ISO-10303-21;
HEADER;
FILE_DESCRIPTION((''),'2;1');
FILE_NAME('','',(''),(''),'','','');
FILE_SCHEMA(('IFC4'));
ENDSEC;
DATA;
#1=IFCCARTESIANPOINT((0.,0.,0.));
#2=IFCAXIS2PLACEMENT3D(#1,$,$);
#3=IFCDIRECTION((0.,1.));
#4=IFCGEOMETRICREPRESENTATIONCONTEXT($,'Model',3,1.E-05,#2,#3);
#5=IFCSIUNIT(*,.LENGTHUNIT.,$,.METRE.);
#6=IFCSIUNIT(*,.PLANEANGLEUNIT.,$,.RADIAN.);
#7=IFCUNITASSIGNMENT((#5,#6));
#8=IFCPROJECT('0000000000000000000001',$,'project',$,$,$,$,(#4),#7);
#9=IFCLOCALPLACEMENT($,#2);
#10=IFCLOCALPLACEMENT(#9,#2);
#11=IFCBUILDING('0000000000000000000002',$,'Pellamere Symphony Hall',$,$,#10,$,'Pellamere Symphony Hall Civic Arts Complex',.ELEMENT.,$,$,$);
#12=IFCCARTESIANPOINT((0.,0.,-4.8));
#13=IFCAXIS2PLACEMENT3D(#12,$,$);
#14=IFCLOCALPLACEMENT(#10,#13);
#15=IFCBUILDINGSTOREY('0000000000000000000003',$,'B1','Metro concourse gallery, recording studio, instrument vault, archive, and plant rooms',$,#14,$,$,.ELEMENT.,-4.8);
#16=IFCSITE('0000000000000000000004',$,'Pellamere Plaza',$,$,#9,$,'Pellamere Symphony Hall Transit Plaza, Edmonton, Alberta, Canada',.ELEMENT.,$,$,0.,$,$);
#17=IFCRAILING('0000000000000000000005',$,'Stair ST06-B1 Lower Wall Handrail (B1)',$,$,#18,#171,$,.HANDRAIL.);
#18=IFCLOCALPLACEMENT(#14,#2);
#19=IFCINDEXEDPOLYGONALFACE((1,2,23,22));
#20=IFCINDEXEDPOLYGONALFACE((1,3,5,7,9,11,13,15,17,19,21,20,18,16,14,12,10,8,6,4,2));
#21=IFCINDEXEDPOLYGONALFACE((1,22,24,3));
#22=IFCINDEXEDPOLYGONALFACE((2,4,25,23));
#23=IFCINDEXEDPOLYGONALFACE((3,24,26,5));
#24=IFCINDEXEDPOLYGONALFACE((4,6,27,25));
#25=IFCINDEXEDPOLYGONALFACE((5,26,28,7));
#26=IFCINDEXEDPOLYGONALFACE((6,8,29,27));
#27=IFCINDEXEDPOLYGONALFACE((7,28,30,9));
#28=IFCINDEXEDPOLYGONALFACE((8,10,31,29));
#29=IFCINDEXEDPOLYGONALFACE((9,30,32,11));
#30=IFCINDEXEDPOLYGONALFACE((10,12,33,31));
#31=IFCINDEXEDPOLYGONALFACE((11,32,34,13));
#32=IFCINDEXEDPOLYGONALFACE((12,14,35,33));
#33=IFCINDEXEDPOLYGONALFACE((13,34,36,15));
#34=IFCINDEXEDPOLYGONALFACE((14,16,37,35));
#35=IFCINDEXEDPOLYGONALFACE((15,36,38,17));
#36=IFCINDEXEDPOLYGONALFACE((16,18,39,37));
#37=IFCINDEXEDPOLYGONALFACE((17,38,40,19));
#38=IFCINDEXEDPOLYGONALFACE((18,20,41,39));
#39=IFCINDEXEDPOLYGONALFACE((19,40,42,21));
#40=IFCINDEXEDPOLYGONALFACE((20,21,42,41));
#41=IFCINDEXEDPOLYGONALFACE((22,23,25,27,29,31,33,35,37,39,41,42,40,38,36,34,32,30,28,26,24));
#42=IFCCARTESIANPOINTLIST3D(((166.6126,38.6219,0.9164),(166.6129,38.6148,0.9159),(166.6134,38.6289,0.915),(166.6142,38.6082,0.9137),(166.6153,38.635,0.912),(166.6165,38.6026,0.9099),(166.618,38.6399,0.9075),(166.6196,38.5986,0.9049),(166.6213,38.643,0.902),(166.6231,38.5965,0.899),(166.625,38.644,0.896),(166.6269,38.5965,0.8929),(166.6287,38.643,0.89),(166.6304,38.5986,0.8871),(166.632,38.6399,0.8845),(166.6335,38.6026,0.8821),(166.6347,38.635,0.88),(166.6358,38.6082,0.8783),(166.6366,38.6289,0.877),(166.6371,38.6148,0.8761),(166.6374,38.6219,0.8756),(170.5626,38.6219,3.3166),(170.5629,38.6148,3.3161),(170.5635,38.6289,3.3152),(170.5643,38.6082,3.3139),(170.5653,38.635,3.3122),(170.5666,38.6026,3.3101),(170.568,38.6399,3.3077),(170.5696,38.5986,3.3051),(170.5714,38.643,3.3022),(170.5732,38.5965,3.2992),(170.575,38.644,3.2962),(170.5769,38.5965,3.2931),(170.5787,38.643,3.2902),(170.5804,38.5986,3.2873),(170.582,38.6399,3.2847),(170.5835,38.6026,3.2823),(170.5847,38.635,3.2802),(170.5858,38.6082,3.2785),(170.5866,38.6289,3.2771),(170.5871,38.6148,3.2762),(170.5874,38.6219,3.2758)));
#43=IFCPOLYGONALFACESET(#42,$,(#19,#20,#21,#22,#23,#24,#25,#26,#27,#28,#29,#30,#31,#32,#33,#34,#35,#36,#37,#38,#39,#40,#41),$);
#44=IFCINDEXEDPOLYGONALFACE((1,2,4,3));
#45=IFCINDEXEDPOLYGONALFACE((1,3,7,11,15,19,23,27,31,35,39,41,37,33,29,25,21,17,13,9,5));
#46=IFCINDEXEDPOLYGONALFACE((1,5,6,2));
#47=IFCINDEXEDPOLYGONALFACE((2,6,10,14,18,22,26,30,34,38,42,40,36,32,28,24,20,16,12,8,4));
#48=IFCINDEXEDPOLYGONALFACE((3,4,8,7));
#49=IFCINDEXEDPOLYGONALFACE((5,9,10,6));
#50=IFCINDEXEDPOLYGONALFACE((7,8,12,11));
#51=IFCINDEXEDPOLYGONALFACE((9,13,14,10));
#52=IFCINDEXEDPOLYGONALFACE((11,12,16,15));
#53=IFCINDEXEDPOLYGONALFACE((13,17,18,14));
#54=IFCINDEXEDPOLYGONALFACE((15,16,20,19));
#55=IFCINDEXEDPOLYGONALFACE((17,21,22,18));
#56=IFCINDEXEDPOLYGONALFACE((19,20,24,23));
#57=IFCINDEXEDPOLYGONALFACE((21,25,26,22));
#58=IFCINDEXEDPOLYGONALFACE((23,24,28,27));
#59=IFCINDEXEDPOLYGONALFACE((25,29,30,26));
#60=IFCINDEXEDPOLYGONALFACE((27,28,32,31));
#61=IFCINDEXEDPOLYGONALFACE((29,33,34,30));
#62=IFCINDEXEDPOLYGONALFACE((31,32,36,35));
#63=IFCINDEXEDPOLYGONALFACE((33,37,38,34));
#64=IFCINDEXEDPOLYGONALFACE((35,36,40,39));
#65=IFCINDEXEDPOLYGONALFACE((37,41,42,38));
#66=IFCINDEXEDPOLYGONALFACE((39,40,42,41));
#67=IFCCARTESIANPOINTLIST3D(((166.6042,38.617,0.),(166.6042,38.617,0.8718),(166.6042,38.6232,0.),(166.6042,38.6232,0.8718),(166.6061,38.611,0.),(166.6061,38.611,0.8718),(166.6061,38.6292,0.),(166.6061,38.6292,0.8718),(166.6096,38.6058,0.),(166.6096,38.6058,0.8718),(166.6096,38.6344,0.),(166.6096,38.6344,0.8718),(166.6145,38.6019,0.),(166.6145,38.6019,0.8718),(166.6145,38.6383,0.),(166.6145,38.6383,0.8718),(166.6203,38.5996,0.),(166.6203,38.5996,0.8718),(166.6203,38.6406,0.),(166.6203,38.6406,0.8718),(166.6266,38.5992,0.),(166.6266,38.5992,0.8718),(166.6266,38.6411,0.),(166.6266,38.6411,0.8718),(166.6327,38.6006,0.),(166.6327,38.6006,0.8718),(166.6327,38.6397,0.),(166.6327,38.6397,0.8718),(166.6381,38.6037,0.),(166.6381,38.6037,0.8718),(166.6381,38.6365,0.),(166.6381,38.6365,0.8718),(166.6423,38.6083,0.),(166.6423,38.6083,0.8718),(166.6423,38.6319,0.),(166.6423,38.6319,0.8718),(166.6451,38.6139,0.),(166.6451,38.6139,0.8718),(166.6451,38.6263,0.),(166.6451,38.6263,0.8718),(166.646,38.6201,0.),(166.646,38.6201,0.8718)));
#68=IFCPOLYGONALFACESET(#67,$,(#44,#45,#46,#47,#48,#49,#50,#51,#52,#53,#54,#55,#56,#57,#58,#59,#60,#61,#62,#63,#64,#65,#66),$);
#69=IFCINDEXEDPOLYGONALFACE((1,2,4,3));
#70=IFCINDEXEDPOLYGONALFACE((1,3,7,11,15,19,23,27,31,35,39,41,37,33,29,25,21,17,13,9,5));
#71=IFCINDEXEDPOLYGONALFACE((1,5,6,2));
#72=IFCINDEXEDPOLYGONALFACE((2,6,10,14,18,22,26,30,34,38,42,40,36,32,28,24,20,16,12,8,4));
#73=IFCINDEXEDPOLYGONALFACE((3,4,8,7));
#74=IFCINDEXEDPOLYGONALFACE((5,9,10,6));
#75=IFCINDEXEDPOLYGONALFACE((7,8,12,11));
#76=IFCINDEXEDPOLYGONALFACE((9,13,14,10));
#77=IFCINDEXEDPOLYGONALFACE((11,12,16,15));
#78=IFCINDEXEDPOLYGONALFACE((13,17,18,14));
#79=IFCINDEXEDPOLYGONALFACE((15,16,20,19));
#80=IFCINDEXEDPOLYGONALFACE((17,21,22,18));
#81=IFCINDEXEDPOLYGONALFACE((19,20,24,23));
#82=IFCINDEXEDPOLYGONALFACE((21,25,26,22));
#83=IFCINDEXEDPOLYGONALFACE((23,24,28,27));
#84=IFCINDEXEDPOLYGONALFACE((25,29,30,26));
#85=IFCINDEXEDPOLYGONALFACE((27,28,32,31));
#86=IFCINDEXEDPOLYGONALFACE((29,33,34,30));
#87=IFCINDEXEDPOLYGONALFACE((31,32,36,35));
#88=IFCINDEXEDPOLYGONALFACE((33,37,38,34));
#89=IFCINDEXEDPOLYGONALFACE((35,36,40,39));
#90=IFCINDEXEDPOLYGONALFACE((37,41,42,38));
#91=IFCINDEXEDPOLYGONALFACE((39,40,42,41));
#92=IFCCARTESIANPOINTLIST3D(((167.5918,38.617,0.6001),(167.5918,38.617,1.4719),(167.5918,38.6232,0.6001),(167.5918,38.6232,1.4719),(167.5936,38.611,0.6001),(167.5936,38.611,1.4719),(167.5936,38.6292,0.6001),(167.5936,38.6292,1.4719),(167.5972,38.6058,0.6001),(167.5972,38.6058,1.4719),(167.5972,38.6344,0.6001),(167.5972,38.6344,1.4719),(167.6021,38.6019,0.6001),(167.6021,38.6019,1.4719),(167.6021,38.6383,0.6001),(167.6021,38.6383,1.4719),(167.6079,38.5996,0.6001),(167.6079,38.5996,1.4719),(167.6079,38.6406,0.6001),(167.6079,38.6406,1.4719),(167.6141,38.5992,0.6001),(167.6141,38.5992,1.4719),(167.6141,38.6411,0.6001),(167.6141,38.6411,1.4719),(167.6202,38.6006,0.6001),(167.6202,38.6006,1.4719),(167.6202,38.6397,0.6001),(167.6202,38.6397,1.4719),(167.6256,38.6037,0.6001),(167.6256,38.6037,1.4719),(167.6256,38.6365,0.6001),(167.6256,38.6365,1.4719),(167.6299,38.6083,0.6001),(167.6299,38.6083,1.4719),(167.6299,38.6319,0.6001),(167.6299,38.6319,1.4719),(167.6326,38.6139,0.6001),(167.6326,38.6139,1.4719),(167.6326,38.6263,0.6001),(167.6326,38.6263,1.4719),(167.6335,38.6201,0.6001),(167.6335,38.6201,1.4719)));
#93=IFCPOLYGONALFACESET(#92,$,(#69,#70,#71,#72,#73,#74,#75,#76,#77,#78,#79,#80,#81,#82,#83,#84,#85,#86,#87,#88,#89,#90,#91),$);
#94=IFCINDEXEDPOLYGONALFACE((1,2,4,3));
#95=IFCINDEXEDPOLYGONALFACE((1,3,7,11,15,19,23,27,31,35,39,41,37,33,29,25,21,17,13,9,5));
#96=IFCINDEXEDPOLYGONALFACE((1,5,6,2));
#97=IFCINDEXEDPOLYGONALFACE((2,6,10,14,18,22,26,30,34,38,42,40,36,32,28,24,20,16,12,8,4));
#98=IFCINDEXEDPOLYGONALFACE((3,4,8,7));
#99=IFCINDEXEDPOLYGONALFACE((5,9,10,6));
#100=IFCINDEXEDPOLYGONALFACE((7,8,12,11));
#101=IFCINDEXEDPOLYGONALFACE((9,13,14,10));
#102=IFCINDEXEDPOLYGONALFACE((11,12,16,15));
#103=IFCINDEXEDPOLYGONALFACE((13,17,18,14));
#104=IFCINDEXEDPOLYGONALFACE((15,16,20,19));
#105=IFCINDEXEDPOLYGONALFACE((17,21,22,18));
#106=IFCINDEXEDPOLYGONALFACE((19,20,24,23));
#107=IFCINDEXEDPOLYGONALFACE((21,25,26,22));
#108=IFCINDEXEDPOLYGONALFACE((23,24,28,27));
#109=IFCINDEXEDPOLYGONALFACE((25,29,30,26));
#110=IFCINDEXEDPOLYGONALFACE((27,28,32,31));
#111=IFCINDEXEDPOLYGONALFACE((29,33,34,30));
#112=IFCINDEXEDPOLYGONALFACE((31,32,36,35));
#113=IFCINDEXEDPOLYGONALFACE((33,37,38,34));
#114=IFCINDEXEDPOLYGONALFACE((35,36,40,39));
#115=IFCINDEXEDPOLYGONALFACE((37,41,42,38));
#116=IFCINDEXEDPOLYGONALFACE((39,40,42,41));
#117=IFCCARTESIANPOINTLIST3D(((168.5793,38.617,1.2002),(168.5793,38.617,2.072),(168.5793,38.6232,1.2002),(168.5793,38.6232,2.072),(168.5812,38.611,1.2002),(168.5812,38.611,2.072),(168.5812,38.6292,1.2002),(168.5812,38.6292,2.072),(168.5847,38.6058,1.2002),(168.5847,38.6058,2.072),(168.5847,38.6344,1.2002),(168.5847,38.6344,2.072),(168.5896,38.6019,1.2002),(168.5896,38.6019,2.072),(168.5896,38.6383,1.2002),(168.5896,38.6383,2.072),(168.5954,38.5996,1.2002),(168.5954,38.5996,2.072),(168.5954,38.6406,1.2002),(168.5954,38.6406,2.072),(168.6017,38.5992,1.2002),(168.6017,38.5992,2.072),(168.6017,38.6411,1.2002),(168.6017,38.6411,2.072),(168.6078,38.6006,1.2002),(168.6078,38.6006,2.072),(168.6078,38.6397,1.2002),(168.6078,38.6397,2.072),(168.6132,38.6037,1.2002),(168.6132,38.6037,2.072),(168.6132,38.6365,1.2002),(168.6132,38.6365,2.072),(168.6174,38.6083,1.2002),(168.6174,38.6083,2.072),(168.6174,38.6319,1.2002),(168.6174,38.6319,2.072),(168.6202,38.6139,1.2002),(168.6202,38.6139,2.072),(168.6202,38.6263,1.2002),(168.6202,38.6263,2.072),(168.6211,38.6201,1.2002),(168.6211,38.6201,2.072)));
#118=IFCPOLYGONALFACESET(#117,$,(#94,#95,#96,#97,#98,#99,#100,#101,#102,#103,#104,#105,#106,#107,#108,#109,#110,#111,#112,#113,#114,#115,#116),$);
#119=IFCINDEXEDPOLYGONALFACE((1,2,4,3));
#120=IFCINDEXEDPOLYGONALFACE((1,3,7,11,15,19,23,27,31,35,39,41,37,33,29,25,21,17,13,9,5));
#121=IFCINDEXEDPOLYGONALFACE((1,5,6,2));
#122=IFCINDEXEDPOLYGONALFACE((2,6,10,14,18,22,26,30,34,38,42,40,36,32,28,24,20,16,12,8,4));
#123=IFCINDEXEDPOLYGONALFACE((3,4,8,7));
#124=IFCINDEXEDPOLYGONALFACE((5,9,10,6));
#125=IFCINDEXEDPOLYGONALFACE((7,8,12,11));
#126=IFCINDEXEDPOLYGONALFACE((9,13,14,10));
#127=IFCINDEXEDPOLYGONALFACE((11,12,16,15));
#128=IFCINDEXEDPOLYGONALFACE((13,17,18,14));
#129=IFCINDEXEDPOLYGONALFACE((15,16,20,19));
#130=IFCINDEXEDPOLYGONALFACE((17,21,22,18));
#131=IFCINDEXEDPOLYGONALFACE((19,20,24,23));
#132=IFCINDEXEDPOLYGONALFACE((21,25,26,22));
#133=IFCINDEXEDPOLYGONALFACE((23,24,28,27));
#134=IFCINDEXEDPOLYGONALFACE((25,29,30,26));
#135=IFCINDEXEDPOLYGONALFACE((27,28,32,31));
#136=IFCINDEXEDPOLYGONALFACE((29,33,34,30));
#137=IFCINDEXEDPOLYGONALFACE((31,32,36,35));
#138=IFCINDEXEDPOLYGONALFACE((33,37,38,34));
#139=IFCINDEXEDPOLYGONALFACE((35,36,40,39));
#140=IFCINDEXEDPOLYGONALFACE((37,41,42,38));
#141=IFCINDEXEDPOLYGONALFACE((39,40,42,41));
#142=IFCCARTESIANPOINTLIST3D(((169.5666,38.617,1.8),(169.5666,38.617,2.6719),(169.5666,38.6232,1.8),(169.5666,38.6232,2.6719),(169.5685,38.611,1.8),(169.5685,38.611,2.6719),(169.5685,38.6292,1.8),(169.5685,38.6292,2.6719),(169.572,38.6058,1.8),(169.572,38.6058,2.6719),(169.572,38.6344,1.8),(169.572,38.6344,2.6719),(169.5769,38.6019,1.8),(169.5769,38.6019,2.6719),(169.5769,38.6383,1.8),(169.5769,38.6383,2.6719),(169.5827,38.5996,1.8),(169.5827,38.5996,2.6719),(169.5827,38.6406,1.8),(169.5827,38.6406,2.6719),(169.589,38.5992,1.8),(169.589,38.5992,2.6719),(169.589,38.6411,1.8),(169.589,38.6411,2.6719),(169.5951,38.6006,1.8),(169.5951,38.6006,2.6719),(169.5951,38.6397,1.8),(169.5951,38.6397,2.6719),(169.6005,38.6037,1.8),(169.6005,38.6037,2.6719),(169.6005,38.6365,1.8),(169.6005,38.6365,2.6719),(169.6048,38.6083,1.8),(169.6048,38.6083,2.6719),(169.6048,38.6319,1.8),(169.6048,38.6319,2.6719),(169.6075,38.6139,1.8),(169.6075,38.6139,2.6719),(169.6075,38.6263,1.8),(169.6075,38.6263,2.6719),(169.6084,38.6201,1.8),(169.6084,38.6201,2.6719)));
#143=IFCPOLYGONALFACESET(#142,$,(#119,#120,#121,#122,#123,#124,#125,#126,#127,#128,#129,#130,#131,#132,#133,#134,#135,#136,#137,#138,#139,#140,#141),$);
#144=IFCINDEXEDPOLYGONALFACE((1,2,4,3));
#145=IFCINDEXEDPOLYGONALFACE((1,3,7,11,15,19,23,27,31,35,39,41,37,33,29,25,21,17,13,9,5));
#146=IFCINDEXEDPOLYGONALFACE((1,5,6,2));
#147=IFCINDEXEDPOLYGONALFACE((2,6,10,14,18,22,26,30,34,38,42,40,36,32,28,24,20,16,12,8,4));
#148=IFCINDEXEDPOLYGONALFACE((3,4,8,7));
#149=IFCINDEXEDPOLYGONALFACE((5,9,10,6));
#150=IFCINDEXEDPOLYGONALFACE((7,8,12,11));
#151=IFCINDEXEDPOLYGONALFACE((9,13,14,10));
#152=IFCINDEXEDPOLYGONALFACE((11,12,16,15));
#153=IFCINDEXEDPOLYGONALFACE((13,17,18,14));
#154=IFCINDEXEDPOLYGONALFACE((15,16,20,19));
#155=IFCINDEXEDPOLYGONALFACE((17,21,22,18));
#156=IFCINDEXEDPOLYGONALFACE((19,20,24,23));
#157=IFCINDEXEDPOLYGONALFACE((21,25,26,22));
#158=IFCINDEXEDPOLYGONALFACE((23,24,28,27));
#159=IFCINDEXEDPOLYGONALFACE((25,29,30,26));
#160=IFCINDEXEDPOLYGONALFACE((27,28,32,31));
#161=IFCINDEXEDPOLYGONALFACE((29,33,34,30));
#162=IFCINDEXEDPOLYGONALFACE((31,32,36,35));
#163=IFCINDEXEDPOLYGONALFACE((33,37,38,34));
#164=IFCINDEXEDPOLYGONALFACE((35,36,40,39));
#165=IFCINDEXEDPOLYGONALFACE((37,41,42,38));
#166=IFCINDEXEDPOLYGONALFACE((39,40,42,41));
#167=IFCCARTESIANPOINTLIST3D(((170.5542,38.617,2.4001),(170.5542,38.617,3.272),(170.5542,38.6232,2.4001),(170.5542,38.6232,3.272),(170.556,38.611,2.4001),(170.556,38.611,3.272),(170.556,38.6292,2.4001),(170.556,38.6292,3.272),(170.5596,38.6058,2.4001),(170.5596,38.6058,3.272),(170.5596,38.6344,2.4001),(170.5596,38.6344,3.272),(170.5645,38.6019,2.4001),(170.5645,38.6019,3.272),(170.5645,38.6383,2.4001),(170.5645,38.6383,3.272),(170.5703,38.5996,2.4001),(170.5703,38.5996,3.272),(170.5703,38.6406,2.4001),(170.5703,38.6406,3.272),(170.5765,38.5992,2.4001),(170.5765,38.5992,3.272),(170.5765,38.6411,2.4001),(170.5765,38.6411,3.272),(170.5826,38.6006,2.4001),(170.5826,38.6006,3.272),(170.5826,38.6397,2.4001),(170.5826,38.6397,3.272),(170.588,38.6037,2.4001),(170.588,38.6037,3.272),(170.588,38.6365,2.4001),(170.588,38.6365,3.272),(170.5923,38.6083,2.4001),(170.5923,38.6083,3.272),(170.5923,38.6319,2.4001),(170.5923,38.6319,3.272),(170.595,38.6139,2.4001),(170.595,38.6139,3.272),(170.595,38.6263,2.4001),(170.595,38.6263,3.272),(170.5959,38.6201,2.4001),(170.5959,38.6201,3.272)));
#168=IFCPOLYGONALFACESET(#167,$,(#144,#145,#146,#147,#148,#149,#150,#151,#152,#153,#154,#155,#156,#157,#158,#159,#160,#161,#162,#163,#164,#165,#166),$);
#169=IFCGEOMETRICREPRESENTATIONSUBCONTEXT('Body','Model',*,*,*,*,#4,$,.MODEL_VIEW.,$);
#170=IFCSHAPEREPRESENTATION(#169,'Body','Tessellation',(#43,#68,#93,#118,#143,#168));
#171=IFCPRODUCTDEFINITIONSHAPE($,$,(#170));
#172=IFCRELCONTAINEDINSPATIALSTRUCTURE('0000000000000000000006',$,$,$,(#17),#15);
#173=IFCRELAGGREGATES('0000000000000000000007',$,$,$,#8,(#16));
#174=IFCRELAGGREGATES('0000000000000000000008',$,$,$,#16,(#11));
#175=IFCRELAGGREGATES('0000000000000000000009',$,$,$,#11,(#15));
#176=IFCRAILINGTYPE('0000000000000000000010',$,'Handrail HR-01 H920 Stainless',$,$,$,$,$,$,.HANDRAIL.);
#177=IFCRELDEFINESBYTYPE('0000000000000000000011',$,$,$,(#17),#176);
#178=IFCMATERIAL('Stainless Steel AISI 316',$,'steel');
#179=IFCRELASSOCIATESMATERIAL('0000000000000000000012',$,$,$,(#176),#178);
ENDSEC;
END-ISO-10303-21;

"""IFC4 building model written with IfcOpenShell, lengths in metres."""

from ifc_helpers import new_model, si_unit, direction, frame, origin, origin_2d, place, context, subcontext, project, spatial, circle, extrude, material, type_object, element, save


model = new_model("IFC4")

# Units and contexts
model_context = context("Model", 3, precision=1e-05, world=origin(), true_north=direction((0.0, 1.0)))
body_context = subcontext(model_context, "Body", "Model", "MODEL_VIEW")
ifc_project = project(units=[si_unit("LENGTHUNIT", "METRE"), si_unit("PLANEANGLEUNIT", "RADIAN")], contexts=[model_context])

# Site, building, storey
site_placement = place(None, origin())
site = spatial("IfcSite", under=ifc_project, at=site_placement, Name="Pellamere Plaza", LongName="Pellamere Symphony Hall Transit Plaza, Edmonton, Alberta, Canada", CompositionType="ELEMENT", RefElevation=0.0)
building_placement = place(site_placement, origin())
building = spatial("IfcBuilding", under=site, at=building_placement, Name="Pellamere Symphony Hall", LongName="Pellamere Symphony Hall Civic Arts Complex", CompositionType="ELEMENT")
storey_placement = place(building_placement, frame((0.0, 0.0, -4.8)))
storey = spatial("IfcBuildingStorey", under=building, at=storey_placement, Name="B1", Description="Metro concourse gallery, recording studio, instrument vault, archive, and plant rooms", CompositionType="ELEMENT", Elevation=-4.8)

# Railing
ifc_material_1 = material(Name="Stainless Steel AISI 316", Category="steel")
railing_type_1 = type_object("IfcRailingType", Name="Handrail HR-01 H920 Stainless", PredefinedType="HANDRAIL", material=ifc_material_1)
railing_1_placement = place(storey_placement, frame((166.625, 38.6201, 0.0)))
element("IfcRailing", 1, at=railing_1_placement, inside=storey, type_object=railing_type_1, Name="Stair ST06-B1 Lower Wall Handrail (B1)", PredefinedType="HANDRAIL", context=body_context, shape_type="SweptSolid", body=[
    extrude(circle(Radius=0.0239, at=origin_2d()), frame((0.0, 0.0, 0.896), z_axis=(0.854599, 0.0, 0.519288), x_axis=(0.0, 1.0, 0.0)), (0.0, 0.0, 1.0), 4.6221),
    extrude(circle(Radius=0.021, at=origin_2d()), origin(), (0.0, 0.0, 1.0), 0.8718),
    extrude(circle(Radius=0.021, at=origin_2d()), frame((0.9875, 0.0, 0.6001)), (0.0, 0.0, 1.0), 0.8718),
    extrude(circle(Radius=0.021, at=origin_2d()), frame((1.9751, 0.0, 1.2002)), (0.0, 0.0, 1.0), 0.8718),
    extrude(circle(Radius=0.021, at=origin_2d()), frame((2.9624, 0.0, 1.8)), (0.0, 0.0, 1.0), 0.8718),
    extrude(circle(Radius=0.021, at=origin_2d()), frame((3.95, 0.0, 2.4001)), (0.0, 0.0, 1.0), 0.8718),
])

save(model, "model.ifc")
